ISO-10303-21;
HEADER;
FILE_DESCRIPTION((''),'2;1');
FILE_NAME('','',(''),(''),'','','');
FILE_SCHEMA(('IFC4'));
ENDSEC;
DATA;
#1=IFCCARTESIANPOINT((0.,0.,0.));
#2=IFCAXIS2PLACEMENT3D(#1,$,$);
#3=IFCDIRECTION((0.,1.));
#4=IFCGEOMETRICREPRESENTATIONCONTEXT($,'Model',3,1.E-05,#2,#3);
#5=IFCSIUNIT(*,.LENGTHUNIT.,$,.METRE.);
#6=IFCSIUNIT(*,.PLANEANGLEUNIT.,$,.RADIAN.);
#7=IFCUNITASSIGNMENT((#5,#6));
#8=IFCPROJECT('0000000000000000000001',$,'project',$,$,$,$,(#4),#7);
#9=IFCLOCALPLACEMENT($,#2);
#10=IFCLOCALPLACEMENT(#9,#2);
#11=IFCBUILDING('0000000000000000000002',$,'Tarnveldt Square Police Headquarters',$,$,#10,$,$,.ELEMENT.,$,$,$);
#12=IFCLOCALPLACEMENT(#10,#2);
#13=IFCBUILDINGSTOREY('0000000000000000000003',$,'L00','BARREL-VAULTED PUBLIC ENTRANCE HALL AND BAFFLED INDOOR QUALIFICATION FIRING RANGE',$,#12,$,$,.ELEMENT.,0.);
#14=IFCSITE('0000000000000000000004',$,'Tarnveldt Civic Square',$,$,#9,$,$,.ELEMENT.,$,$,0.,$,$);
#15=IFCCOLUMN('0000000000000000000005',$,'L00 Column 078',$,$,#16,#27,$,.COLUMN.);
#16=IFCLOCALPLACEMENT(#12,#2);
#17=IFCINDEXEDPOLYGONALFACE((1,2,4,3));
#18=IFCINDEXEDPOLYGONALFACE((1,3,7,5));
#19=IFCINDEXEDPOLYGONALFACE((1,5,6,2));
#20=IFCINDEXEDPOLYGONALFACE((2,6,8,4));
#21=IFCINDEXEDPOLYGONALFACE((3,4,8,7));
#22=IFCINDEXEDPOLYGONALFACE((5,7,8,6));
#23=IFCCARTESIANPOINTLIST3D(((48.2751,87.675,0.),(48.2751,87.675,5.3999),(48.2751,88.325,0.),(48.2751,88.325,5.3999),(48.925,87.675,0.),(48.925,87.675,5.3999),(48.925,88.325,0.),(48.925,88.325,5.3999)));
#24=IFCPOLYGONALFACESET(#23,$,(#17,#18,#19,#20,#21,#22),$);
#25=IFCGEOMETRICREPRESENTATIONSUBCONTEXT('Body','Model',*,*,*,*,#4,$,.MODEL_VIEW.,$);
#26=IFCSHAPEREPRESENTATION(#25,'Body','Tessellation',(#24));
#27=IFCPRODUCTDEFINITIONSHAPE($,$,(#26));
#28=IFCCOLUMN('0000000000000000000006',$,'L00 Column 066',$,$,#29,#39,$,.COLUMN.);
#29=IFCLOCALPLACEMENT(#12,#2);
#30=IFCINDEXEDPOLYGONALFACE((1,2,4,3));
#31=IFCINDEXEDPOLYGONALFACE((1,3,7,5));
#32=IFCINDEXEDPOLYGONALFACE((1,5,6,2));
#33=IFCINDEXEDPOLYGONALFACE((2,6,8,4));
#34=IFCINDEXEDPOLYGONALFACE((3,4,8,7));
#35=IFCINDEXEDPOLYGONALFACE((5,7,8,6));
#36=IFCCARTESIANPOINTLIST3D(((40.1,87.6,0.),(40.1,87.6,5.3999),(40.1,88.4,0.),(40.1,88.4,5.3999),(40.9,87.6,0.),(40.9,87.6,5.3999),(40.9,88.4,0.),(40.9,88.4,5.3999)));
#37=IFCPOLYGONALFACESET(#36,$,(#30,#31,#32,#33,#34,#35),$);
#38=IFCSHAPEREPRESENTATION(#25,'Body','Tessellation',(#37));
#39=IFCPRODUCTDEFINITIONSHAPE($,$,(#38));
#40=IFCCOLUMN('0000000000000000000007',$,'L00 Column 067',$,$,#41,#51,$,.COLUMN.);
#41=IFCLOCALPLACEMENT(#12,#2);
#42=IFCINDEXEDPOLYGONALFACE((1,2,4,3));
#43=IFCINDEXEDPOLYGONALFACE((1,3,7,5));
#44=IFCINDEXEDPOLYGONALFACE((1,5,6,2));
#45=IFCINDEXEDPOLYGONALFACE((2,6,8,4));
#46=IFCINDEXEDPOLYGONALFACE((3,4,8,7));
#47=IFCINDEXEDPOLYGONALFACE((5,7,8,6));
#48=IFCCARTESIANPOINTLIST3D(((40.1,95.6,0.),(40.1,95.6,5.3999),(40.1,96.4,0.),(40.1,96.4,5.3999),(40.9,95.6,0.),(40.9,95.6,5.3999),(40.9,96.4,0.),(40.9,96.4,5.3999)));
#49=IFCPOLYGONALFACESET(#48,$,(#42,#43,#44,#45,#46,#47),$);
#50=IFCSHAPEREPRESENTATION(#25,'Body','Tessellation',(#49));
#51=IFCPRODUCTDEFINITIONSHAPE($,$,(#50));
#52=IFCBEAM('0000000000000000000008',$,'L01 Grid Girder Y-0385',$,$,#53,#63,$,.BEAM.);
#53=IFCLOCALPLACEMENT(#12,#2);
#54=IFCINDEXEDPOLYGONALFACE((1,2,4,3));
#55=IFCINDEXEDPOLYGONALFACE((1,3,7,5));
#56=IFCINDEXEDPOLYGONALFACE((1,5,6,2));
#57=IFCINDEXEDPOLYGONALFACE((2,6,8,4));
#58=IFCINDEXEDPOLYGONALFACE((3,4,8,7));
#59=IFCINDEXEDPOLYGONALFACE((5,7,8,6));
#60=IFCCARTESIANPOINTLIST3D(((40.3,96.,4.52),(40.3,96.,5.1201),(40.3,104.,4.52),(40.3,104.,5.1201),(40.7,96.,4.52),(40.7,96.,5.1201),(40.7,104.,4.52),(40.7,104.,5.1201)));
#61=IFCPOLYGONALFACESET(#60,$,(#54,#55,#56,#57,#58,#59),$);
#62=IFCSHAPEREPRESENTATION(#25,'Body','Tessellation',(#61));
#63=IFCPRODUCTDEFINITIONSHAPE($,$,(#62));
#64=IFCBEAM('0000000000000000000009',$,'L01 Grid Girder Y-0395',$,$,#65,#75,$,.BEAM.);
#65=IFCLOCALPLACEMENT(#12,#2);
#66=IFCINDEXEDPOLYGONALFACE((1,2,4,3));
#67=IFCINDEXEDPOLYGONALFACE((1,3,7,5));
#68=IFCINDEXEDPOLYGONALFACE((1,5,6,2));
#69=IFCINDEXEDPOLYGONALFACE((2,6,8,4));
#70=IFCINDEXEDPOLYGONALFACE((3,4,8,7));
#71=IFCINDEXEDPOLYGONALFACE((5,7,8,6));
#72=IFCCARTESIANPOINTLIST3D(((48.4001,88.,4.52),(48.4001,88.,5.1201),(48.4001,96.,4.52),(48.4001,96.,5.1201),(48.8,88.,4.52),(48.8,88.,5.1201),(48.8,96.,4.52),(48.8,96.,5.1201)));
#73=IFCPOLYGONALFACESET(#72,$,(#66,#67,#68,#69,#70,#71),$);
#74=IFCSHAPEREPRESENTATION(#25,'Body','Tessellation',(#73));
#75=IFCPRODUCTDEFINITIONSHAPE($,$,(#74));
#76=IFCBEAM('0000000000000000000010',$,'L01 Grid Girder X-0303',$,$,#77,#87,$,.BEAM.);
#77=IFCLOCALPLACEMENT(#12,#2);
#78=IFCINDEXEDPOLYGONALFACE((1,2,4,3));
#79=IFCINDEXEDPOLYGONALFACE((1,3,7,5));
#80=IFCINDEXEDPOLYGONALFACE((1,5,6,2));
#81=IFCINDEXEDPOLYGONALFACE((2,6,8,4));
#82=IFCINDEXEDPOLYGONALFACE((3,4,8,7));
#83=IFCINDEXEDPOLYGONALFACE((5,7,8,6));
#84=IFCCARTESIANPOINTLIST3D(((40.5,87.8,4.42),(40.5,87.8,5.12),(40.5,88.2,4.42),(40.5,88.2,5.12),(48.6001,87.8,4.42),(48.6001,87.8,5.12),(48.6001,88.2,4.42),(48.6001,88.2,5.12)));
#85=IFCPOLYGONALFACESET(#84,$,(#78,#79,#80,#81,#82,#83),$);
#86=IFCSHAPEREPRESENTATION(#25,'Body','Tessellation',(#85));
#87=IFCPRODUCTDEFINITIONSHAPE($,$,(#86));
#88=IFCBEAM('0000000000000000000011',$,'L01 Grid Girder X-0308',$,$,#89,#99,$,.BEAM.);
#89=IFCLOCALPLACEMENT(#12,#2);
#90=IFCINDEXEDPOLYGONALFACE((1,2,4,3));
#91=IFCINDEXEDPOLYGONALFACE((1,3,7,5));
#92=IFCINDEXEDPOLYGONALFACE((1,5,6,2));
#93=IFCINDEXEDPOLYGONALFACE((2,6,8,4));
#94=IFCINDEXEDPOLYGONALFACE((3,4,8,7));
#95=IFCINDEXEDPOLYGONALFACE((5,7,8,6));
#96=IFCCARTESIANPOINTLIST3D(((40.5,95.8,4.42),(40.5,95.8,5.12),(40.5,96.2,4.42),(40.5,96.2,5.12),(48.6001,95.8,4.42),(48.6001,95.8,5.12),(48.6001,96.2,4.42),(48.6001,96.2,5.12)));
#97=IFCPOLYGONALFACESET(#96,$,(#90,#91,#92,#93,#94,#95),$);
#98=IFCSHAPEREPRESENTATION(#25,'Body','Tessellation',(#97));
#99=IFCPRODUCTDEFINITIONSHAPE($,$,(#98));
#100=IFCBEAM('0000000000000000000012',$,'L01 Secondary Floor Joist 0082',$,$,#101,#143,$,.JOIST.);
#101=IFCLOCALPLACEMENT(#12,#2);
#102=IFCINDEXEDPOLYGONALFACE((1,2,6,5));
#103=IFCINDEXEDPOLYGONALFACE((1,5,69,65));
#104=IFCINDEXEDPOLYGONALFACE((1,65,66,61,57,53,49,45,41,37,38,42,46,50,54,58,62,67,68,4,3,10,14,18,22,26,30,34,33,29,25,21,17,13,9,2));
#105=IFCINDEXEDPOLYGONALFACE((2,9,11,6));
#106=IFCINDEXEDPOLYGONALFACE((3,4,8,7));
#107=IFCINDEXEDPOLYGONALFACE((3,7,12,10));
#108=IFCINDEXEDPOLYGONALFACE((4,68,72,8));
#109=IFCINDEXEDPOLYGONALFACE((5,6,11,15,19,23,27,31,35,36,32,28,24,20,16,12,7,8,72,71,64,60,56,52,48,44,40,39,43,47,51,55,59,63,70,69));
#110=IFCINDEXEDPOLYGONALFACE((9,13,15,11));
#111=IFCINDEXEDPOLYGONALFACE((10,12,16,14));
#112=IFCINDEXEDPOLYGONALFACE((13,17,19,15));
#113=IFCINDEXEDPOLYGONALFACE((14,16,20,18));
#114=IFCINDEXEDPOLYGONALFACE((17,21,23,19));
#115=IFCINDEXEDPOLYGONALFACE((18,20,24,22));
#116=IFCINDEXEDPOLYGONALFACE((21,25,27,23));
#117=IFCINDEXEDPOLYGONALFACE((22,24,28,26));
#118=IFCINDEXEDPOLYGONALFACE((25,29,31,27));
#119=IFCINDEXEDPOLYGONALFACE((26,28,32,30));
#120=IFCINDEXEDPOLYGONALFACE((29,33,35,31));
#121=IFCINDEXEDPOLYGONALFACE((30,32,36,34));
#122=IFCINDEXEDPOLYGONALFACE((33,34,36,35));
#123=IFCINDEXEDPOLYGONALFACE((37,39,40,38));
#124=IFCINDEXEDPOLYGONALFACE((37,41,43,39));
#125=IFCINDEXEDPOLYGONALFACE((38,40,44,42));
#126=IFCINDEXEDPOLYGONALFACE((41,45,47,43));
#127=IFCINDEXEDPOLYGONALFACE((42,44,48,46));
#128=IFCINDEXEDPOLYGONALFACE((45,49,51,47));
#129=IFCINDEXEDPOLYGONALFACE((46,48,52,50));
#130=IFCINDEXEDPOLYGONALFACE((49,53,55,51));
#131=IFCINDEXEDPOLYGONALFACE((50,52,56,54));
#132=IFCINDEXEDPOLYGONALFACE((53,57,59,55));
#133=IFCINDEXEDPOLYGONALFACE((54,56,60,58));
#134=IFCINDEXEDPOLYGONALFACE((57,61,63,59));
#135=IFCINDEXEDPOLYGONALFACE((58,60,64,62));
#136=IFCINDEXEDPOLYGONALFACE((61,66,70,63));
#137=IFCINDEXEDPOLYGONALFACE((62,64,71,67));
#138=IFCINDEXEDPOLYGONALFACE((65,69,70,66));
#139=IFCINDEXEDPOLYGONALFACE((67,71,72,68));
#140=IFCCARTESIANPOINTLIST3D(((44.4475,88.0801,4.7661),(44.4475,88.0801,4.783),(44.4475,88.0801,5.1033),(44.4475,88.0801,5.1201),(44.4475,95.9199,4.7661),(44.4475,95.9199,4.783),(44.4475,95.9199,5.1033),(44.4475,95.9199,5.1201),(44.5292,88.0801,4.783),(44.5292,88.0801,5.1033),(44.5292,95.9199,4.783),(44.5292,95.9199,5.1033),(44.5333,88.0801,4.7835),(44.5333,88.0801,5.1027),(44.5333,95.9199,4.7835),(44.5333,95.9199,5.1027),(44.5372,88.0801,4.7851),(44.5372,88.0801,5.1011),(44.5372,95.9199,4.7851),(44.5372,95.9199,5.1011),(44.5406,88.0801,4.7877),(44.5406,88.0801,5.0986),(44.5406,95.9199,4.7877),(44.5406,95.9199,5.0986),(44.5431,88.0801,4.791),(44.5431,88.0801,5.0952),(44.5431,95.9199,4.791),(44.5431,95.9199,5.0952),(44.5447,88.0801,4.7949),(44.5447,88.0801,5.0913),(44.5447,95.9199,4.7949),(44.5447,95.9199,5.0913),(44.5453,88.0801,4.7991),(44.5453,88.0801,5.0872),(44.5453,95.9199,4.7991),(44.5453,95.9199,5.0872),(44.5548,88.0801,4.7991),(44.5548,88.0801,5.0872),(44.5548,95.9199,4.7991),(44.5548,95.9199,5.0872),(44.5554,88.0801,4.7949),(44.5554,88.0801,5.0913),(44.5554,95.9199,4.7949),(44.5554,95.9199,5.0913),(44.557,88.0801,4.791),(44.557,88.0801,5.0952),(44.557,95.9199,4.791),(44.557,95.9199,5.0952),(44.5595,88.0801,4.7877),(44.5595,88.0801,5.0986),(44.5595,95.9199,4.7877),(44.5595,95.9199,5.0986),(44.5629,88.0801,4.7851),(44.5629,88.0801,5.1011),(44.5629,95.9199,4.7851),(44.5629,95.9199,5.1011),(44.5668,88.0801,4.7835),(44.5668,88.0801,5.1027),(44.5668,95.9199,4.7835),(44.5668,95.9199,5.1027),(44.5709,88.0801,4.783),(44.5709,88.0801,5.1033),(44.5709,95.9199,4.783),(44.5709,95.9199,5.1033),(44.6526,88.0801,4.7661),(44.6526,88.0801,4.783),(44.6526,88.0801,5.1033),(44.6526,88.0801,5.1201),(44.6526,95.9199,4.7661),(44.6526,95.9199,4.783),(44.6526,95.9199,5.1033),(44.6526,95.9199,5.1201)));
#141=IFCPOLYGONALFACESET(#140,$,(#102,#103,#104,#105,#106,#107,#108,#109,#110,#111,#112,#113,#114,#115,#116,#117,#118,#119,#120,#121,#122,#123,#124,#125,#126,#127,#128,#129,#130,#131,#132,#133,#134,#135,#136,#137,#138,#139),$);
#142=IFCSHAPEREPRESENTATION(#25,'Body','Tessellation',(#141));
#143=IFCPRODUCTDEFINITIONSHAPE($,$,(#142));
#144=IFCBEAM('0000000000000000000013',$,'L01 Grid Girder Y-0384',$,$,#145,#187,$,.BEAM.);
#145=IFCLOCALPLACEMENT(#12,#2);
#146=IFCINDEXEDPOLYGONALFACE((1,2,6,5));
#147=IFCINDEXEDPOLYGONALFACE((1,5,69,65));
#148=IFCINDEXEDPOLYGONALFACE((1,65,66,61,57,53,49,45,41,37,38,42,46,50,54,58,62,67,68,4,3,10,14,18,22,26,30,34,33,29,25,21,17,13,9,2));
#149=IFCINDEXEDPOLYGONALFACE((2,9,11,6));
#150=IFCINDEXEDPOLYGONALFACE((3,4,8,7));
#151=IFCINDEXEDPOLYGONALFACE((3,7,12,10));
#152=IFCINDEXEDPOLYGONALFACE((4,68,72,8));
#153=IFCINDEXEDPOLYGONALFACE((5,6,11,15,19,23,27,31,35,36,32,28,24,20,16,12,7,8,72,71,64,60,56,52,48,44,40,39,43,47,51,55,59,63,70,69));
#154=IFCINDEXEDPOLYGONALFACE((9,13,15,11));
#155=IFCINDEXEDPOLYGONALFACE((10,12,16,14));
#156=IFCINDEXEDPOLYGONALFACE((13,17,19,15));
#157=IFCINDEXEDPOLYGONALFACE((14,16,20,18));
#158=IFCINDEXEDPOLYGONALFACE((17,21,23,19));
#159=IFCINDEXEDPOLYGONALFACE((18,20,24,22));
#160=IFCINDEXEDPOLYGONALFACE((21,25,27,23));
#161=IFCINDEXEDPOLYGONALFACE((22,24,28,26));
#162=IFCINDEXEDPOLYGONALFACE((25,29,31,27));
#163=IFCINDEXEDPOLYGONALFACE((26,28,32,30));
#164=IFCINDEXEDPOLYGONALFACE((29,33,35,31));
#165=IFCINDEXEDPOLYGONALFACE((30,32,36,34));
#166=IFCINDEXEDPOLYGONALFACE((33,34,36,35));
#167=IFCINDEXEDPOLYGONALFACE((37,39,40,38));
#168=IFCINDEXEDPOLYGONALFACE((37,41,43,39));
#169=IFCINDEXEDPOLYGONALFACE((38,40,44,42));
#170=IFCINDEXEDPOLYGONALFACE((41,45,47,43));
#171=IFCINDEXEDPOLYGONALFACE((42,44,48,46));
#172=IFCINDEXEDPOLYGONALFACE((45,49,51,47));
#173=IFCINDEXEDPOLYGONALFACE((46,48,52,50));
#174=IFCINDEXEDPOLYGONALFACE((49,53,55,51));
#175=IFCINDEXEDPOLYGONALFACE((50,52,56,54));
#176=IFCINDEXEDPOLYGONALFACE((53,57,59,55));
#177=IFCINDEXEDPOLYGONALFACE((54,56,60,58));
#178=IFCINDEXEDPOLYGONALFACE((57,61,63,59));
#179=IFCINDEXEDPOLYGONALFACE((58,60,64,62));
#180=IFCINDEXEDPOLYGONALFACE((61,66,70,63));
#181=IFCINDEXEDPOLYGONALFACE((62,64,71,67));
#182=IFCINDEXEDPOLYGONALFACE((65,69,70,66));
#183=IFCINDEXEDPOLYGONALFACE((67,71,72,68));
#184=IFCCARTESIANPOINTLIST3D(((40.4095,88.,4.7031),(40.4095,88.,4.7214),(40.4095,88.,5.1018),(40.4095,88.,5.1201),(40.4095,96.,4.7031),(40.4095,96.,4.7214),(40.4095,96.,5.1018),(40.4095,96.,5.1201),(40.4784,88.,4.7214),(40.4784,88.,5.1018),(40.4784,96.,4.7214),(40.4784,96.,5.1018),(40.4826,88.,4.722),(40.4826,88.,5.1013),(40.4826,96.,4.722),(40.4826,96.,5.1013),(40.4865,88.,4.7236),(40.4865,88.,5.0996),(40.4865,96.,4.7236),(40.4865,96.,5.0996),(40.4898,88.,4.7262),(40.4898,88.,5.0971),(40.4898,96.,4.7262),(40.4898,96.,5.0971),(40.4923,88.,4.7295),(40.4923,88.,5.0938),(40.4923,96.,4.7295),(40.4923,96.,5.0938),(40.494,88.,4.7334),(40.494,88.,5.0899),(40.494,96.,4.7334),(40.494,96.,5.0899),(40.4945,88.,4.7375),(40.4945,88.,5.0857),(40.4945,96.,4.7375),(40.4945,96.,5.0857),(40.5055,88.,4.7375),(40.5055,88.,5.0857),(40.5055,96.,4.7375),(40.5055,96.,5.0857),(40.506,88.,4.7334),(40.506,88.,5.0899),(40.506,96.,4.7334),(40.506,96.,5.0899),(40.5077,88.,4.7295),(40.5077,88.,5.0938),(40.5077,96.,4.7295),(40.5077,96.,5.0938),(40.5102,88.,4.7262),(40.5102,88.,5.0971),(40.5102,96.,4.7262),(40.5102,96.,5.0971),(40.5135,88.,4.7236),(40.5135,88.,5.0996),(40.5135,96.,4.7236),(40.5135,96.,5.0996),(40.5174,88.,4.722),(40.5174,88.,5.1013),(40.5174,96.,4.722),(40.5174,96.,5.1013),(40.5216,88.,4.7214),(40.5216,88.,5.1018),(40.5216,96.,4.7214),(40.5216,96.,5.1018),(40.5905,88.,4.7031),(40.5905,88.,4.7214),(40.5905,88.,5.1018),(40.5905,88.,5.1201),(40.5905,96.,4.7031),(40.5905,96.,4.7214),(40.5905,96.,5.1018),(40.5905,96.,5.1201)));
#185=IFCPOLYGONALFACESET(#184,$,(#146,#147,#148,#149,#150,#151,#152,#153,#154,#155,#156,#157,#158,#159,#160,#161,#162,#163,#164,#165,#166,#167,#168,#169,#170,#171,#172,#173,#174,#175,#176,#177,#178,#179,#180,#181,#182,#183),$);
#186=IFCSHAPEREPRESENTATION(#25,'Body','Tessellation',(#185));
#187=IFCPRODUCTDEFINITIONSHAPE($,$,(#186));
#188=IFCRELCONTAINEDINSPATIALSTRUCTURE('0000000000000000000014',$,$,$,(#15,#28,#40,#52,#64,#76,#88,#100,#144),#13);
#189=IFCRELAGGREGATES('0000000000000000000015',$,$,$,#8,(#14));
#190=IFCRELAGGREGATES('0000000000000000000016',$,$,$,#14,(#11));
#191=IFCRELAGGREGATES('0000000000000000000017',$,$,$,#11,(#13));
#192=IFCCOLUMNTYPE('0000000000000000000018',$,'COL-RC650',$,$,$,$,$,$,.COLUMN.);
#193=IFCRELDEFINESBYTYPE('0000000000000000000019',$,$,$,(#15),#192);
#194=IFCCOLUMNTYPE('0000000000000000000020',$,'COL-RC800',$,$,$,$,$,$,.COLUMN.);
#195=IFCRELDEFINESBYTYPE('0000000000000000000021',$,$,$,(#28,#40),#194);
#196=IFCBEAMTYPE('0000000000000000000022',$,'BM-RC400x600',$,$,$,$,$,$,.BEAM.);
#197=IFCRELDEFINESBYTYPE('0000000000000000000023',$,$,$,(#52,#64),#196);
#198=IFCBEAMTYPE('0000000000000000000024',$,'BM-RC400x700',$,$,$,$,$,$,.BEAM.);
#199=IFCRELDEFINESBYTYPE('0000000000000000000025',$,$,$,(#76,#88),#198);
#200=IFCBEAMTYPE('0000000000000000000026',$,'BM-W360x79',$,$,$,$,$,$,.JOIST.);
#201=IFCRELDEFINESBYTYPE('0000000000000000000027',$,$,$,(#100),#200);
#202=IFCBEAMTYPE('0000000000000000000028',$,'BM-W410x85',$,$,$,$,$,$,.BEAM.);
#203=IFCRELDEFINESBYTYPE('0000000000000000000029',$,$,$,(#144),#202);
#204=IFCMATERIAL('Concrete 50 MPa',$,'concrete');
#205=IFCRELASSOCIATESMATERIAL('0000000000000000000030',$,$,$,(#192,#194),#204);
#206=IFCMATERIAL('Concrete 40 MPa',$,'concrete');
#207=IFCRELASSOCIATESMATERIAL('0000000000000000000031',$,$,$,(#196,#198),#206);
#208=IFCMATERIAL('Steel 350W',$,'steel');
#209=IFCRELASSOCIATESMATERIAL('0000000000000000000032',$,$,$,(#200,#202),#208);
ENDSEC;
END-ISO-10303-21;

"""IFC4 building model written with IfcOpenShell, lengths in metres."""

from ifc_helpers import new_model, si_unit, direction, frame, origin, origin_2d, place, context, subcontext, project, spatial, rectangle, i_section, extrude, material, material_profile, profile_set, type_object, element, save


model = new_model("IFC4")

# Units and contexts
model_context = context("Model", 3, precision=1e-05, world=origin(), true_north=direction((0.0, 1.0)))
body_context = subcontext(model_context, "Body", "Model", "MODEL_VIEW")
ifc_project = project(units=[si_unit("LENGTHUNIT", "METRE"), si_unit("PLANEANGLEUNIT", "RADIAN")], contexts=[model_context])

# Site, building, storey
site_placement = place(None, origin())
site = spatial("IfcSite", under=ifc_project, at=site_placement, Name="Tarnveldt Civic Square", CompositionType="ELEMENT", RefElevation=0.0)
building_placement = place(site_placement, origin())
building = spatial("IfcBuilding", under=site, at=building_placement, Name="Tarnveldt Square Police Headquarters", CompositionType="ELEMENT")
storey_placement = place(building_placement, origin())
storey = spatial("IfcBuildingStorey", under=building, at=storey_placement, Name="L00", Description="BARREL-VAULTED PUBLIC ENTRANCE HALL AND BAFFLED INDOOR QUALIFICATION FIRING RANGE", CompositionType="ELEMENT", Elevation=0.0)

# Columns
ifc_material_1 = material(Name="Concrete 50 MPa", Category="concrete")
ifc_material_profile_1 = material_profile(ifc_material_1, rectangle(XDim=0.6499, YDim=0.6499, at=origin_2d()), Name="RC-C650x650")
ifc_profile_set_1 = profile_set([ifc_material_profile_1], Name="Concrete 50 MPa")
column_type_1 = type_object("IfcColumnType", Name="COL-RC650", PredefinedType="COLUMN", material=ifc_profile_set_1)
column_placement = place(storey_placement, frame((48.6001, 88.0, 0.0), z_axis=(0.0, 0.0, 1.0), x_axis=(1.0, 0.0, 0.0)))
element("IfcColumn", 1, at=column_placement, inside=storey, type_object=column_type_1, Name="L00 Column 078", PredefinedType="COLUMN", context=body_context, shape_type="SweptSolid", body=[
    extrude(rectangle(XDim=0.6499, YDim=0.6499, at=origin_2d()), origin(), (0.0, 0.0, 1.0), 5.3999),
])
ifc_material_profile_2 = material_profile(ifc_material_1, rectangle(XDim=0.8, YDim=0.8, at=origin_2d()), Name="RC-C800x800")
ifc_profile_set_2 = profile_set([ifc_material_profile_2], Name="Concrete 50 MPa")
column_type_2 = type_object("IfcColumnType", Name="COL-RC800", PredefinedType="COLUMN", material=ifc_profile_set_2)
for number, where, z_axis, x_axis, name in (
    (2, (40.5, 88.0, 0.0), (0.0, 0.0, 1.0), (1.0, 0.0, 0.0), "L00 Column 066"),
    (3, (40.5, 96.0, 0.0), (0.0, 0.0, 1.0), (1.0, 0.0, 0.0), "L00 Column 067"),
):
    element("IfcColumn", number, at=place(storey_placement, frame(where, z_axis=z_axis, x_axis=x_axis)), inside=storey, type_object=column_type_2, Name=name, PredefinedType="COLUMN", context=body_context, shape_type="SweptSolid", body=[
        extrude(rectangle(XDim=0.8, YDim=0.8, at=origin_2d()), origin(), (0.0, 0.0, 1.0), 5.3999),
    ])

# Beams
ifc_material_2 = material(Name="Concrete 40 MPa", Category="concrete")
ifc_material_profile_3 = material_profile(ifc_material_2, rectangle(XDim=0.3999, YDim=0.6001, at=origin_2d()), Name="RC-B400x600")
ifc_profile_set_3 = profile_set([ifc_material_profile_3], Name="Concrete 40 MPa")
beam_type_1 = type_object("IfcBeamType", Name="BM-RC400x600", PredefinedType="BEAM", material=ifc_profile_set_3)
for number, where, z_axis, x_axis, name in (
    (4, (40.5, 96.0, 4.8201), (0.0, 1.0, 0.0), (-1.0, 0.0, 0.0), "L01 Grid Girder Y-0385"),
    (5, (48.6001, 88.0, 4.8201), (0.0, 1.0, 0.0), (-1.0, 0.0, 0.0), "L01 Grid Girder Y-0395"),
):
    element("IfcBeam", number, at=place(storey_placement, frame(where, z_axis=z_axis, x_axis=x_axis)), inside=storey, type_object=beam_type_1, Name=name, PredefinedType="BEAM", context=body_context, shape_type="SweptSolid", body=[
        extrude(rectangle(XDim=0.3999, YDim=0.6001, at=origin_2d()), origin(), (0.0, 0.0, 1.0), 8.0),
    ])
ifc_material_profile_4 = material_profile(ifc_material_2, rectangle(XDim=0.3999, YDim=0.7, at=origin_2d()), Name="RC-B400x700")
ifc_profile_set_4 = profile_set([ifc_material_profile_4], Name="Concrete 40 MPa")
beam_type_2 = type_object("IfcBeamType", Name="BM-RC400x700", PredefinedType="BEAM", material=ifc_profile_set_4)
for number, where, z_axis, x_axis, name in (
    (6, (40.5, 88.0, 4.77), (1.0, 0.0, 0.0), (0.0, 1.0, 0.0), "L01 Grid Girder X-0303"),
    (7, (40.5, 96.0, 4.77), (1.0, 0.0, 0.0), (0.0, 1.0, 0.0), "L01 Grid Girder X-0308"),
):
    element("IfcBeam", number, at=place(storey_placement, frame(where, z_axis=z_axis, x_axis=x_axis)), inside=storey, type_object=beam_type_2, Name=name, PredefinedType="BEAM", context=body_context, shape_type="SweptSolid", body=[
        extrude(rectangle(XDim=0.3999, YDim=0.7, at=origin_2d()), origin(), (0.0, 0.0, 1.0), 8.1001),
    ])
ifc_material_3 = material(Name="Steel 350W", Category="steel")
ifc_material_profile_5 = material_profile(ifc_material_3, i_section(OverallWidth=0.2051, OverallDepth=0.354, WebThickness=0.0095, FlangeThickness=0.0168, FilletRadius=0.0161, at=origin_2d()), Name="W360x79")
ifc_profile_set_5 = profile_set([ifc_material_profile_5], Name="Steel 350W")
beam_type_3 = type_object("IfcBeamType", Name="BM-W360x79", PredefinedType="JOIST", material=ifc_profile_set_5)
beam_1_placement = place(storey_placement, frame((44.55, 88.0801, 4.9431), z_axis=(0.0, 1.0, 0.0), x_axis=(-1.0, 0.0, 0.0)))
element("IfcBeam", 8, at=beam_1_placement, inside=storey, type_object=beam_type_3, Name="L01 Secondary Floor Joist 0082", PredefinedType="JOIST", context=body_context, shape_type="SweptSolid", body=[
    extrude(i_section(OverallWidth=0.2051, OverallDepth=0.354, WebThickness=0.0095, FlangeThickness=0.0168, FilletRadius=0.0161, at=origin_2d()), origin(), (0.0, 0.0, 1.0), 7.8398),
])
ifc_material_profile_6 = material_profile(ifc_material_3, i_section(OverallWidth=0.1809, OverallDepth=0.417, WebThickness=0.011, FlangeThickness=0.0183, FilletRadius=0.0161, at=origin_2d()), Name="W410x85")
ifc_profile_set_6 = profile_set([ifc_material_profile_6], Name="Steel 350W")
beam_type_4 = type_object("IfcBeamType", Name="BM-W410x85", PredefinedType="BEAM", material=ifc_profile_set_6)
beam_2_placement = place(storey_placement, frame((40.5, 88.0, 4.9116), z_axis=(0.0, 1.0, 0.0), x_axis=(-1.0, 0.0, 0.0)))
element("IfcBeam", 9, at=beam_2_placement, inside=storey, type_object=beam_type_4, Name="L01 Grid Girder Y-0384", PredefinedType="BEAM", context=body_context, shape_type="SweptSolid", body=[
    extrude(i_section(OverallWidth=0.1809, OverallDepth=0.417, WebThickness=0.011, FlangeThickness=0.0183, FilletRadius=0.0161, at=origin_2d()), origin(), (0.0, 0.0, 1.0), 8.0),
])

save(model, "model.ifc")
